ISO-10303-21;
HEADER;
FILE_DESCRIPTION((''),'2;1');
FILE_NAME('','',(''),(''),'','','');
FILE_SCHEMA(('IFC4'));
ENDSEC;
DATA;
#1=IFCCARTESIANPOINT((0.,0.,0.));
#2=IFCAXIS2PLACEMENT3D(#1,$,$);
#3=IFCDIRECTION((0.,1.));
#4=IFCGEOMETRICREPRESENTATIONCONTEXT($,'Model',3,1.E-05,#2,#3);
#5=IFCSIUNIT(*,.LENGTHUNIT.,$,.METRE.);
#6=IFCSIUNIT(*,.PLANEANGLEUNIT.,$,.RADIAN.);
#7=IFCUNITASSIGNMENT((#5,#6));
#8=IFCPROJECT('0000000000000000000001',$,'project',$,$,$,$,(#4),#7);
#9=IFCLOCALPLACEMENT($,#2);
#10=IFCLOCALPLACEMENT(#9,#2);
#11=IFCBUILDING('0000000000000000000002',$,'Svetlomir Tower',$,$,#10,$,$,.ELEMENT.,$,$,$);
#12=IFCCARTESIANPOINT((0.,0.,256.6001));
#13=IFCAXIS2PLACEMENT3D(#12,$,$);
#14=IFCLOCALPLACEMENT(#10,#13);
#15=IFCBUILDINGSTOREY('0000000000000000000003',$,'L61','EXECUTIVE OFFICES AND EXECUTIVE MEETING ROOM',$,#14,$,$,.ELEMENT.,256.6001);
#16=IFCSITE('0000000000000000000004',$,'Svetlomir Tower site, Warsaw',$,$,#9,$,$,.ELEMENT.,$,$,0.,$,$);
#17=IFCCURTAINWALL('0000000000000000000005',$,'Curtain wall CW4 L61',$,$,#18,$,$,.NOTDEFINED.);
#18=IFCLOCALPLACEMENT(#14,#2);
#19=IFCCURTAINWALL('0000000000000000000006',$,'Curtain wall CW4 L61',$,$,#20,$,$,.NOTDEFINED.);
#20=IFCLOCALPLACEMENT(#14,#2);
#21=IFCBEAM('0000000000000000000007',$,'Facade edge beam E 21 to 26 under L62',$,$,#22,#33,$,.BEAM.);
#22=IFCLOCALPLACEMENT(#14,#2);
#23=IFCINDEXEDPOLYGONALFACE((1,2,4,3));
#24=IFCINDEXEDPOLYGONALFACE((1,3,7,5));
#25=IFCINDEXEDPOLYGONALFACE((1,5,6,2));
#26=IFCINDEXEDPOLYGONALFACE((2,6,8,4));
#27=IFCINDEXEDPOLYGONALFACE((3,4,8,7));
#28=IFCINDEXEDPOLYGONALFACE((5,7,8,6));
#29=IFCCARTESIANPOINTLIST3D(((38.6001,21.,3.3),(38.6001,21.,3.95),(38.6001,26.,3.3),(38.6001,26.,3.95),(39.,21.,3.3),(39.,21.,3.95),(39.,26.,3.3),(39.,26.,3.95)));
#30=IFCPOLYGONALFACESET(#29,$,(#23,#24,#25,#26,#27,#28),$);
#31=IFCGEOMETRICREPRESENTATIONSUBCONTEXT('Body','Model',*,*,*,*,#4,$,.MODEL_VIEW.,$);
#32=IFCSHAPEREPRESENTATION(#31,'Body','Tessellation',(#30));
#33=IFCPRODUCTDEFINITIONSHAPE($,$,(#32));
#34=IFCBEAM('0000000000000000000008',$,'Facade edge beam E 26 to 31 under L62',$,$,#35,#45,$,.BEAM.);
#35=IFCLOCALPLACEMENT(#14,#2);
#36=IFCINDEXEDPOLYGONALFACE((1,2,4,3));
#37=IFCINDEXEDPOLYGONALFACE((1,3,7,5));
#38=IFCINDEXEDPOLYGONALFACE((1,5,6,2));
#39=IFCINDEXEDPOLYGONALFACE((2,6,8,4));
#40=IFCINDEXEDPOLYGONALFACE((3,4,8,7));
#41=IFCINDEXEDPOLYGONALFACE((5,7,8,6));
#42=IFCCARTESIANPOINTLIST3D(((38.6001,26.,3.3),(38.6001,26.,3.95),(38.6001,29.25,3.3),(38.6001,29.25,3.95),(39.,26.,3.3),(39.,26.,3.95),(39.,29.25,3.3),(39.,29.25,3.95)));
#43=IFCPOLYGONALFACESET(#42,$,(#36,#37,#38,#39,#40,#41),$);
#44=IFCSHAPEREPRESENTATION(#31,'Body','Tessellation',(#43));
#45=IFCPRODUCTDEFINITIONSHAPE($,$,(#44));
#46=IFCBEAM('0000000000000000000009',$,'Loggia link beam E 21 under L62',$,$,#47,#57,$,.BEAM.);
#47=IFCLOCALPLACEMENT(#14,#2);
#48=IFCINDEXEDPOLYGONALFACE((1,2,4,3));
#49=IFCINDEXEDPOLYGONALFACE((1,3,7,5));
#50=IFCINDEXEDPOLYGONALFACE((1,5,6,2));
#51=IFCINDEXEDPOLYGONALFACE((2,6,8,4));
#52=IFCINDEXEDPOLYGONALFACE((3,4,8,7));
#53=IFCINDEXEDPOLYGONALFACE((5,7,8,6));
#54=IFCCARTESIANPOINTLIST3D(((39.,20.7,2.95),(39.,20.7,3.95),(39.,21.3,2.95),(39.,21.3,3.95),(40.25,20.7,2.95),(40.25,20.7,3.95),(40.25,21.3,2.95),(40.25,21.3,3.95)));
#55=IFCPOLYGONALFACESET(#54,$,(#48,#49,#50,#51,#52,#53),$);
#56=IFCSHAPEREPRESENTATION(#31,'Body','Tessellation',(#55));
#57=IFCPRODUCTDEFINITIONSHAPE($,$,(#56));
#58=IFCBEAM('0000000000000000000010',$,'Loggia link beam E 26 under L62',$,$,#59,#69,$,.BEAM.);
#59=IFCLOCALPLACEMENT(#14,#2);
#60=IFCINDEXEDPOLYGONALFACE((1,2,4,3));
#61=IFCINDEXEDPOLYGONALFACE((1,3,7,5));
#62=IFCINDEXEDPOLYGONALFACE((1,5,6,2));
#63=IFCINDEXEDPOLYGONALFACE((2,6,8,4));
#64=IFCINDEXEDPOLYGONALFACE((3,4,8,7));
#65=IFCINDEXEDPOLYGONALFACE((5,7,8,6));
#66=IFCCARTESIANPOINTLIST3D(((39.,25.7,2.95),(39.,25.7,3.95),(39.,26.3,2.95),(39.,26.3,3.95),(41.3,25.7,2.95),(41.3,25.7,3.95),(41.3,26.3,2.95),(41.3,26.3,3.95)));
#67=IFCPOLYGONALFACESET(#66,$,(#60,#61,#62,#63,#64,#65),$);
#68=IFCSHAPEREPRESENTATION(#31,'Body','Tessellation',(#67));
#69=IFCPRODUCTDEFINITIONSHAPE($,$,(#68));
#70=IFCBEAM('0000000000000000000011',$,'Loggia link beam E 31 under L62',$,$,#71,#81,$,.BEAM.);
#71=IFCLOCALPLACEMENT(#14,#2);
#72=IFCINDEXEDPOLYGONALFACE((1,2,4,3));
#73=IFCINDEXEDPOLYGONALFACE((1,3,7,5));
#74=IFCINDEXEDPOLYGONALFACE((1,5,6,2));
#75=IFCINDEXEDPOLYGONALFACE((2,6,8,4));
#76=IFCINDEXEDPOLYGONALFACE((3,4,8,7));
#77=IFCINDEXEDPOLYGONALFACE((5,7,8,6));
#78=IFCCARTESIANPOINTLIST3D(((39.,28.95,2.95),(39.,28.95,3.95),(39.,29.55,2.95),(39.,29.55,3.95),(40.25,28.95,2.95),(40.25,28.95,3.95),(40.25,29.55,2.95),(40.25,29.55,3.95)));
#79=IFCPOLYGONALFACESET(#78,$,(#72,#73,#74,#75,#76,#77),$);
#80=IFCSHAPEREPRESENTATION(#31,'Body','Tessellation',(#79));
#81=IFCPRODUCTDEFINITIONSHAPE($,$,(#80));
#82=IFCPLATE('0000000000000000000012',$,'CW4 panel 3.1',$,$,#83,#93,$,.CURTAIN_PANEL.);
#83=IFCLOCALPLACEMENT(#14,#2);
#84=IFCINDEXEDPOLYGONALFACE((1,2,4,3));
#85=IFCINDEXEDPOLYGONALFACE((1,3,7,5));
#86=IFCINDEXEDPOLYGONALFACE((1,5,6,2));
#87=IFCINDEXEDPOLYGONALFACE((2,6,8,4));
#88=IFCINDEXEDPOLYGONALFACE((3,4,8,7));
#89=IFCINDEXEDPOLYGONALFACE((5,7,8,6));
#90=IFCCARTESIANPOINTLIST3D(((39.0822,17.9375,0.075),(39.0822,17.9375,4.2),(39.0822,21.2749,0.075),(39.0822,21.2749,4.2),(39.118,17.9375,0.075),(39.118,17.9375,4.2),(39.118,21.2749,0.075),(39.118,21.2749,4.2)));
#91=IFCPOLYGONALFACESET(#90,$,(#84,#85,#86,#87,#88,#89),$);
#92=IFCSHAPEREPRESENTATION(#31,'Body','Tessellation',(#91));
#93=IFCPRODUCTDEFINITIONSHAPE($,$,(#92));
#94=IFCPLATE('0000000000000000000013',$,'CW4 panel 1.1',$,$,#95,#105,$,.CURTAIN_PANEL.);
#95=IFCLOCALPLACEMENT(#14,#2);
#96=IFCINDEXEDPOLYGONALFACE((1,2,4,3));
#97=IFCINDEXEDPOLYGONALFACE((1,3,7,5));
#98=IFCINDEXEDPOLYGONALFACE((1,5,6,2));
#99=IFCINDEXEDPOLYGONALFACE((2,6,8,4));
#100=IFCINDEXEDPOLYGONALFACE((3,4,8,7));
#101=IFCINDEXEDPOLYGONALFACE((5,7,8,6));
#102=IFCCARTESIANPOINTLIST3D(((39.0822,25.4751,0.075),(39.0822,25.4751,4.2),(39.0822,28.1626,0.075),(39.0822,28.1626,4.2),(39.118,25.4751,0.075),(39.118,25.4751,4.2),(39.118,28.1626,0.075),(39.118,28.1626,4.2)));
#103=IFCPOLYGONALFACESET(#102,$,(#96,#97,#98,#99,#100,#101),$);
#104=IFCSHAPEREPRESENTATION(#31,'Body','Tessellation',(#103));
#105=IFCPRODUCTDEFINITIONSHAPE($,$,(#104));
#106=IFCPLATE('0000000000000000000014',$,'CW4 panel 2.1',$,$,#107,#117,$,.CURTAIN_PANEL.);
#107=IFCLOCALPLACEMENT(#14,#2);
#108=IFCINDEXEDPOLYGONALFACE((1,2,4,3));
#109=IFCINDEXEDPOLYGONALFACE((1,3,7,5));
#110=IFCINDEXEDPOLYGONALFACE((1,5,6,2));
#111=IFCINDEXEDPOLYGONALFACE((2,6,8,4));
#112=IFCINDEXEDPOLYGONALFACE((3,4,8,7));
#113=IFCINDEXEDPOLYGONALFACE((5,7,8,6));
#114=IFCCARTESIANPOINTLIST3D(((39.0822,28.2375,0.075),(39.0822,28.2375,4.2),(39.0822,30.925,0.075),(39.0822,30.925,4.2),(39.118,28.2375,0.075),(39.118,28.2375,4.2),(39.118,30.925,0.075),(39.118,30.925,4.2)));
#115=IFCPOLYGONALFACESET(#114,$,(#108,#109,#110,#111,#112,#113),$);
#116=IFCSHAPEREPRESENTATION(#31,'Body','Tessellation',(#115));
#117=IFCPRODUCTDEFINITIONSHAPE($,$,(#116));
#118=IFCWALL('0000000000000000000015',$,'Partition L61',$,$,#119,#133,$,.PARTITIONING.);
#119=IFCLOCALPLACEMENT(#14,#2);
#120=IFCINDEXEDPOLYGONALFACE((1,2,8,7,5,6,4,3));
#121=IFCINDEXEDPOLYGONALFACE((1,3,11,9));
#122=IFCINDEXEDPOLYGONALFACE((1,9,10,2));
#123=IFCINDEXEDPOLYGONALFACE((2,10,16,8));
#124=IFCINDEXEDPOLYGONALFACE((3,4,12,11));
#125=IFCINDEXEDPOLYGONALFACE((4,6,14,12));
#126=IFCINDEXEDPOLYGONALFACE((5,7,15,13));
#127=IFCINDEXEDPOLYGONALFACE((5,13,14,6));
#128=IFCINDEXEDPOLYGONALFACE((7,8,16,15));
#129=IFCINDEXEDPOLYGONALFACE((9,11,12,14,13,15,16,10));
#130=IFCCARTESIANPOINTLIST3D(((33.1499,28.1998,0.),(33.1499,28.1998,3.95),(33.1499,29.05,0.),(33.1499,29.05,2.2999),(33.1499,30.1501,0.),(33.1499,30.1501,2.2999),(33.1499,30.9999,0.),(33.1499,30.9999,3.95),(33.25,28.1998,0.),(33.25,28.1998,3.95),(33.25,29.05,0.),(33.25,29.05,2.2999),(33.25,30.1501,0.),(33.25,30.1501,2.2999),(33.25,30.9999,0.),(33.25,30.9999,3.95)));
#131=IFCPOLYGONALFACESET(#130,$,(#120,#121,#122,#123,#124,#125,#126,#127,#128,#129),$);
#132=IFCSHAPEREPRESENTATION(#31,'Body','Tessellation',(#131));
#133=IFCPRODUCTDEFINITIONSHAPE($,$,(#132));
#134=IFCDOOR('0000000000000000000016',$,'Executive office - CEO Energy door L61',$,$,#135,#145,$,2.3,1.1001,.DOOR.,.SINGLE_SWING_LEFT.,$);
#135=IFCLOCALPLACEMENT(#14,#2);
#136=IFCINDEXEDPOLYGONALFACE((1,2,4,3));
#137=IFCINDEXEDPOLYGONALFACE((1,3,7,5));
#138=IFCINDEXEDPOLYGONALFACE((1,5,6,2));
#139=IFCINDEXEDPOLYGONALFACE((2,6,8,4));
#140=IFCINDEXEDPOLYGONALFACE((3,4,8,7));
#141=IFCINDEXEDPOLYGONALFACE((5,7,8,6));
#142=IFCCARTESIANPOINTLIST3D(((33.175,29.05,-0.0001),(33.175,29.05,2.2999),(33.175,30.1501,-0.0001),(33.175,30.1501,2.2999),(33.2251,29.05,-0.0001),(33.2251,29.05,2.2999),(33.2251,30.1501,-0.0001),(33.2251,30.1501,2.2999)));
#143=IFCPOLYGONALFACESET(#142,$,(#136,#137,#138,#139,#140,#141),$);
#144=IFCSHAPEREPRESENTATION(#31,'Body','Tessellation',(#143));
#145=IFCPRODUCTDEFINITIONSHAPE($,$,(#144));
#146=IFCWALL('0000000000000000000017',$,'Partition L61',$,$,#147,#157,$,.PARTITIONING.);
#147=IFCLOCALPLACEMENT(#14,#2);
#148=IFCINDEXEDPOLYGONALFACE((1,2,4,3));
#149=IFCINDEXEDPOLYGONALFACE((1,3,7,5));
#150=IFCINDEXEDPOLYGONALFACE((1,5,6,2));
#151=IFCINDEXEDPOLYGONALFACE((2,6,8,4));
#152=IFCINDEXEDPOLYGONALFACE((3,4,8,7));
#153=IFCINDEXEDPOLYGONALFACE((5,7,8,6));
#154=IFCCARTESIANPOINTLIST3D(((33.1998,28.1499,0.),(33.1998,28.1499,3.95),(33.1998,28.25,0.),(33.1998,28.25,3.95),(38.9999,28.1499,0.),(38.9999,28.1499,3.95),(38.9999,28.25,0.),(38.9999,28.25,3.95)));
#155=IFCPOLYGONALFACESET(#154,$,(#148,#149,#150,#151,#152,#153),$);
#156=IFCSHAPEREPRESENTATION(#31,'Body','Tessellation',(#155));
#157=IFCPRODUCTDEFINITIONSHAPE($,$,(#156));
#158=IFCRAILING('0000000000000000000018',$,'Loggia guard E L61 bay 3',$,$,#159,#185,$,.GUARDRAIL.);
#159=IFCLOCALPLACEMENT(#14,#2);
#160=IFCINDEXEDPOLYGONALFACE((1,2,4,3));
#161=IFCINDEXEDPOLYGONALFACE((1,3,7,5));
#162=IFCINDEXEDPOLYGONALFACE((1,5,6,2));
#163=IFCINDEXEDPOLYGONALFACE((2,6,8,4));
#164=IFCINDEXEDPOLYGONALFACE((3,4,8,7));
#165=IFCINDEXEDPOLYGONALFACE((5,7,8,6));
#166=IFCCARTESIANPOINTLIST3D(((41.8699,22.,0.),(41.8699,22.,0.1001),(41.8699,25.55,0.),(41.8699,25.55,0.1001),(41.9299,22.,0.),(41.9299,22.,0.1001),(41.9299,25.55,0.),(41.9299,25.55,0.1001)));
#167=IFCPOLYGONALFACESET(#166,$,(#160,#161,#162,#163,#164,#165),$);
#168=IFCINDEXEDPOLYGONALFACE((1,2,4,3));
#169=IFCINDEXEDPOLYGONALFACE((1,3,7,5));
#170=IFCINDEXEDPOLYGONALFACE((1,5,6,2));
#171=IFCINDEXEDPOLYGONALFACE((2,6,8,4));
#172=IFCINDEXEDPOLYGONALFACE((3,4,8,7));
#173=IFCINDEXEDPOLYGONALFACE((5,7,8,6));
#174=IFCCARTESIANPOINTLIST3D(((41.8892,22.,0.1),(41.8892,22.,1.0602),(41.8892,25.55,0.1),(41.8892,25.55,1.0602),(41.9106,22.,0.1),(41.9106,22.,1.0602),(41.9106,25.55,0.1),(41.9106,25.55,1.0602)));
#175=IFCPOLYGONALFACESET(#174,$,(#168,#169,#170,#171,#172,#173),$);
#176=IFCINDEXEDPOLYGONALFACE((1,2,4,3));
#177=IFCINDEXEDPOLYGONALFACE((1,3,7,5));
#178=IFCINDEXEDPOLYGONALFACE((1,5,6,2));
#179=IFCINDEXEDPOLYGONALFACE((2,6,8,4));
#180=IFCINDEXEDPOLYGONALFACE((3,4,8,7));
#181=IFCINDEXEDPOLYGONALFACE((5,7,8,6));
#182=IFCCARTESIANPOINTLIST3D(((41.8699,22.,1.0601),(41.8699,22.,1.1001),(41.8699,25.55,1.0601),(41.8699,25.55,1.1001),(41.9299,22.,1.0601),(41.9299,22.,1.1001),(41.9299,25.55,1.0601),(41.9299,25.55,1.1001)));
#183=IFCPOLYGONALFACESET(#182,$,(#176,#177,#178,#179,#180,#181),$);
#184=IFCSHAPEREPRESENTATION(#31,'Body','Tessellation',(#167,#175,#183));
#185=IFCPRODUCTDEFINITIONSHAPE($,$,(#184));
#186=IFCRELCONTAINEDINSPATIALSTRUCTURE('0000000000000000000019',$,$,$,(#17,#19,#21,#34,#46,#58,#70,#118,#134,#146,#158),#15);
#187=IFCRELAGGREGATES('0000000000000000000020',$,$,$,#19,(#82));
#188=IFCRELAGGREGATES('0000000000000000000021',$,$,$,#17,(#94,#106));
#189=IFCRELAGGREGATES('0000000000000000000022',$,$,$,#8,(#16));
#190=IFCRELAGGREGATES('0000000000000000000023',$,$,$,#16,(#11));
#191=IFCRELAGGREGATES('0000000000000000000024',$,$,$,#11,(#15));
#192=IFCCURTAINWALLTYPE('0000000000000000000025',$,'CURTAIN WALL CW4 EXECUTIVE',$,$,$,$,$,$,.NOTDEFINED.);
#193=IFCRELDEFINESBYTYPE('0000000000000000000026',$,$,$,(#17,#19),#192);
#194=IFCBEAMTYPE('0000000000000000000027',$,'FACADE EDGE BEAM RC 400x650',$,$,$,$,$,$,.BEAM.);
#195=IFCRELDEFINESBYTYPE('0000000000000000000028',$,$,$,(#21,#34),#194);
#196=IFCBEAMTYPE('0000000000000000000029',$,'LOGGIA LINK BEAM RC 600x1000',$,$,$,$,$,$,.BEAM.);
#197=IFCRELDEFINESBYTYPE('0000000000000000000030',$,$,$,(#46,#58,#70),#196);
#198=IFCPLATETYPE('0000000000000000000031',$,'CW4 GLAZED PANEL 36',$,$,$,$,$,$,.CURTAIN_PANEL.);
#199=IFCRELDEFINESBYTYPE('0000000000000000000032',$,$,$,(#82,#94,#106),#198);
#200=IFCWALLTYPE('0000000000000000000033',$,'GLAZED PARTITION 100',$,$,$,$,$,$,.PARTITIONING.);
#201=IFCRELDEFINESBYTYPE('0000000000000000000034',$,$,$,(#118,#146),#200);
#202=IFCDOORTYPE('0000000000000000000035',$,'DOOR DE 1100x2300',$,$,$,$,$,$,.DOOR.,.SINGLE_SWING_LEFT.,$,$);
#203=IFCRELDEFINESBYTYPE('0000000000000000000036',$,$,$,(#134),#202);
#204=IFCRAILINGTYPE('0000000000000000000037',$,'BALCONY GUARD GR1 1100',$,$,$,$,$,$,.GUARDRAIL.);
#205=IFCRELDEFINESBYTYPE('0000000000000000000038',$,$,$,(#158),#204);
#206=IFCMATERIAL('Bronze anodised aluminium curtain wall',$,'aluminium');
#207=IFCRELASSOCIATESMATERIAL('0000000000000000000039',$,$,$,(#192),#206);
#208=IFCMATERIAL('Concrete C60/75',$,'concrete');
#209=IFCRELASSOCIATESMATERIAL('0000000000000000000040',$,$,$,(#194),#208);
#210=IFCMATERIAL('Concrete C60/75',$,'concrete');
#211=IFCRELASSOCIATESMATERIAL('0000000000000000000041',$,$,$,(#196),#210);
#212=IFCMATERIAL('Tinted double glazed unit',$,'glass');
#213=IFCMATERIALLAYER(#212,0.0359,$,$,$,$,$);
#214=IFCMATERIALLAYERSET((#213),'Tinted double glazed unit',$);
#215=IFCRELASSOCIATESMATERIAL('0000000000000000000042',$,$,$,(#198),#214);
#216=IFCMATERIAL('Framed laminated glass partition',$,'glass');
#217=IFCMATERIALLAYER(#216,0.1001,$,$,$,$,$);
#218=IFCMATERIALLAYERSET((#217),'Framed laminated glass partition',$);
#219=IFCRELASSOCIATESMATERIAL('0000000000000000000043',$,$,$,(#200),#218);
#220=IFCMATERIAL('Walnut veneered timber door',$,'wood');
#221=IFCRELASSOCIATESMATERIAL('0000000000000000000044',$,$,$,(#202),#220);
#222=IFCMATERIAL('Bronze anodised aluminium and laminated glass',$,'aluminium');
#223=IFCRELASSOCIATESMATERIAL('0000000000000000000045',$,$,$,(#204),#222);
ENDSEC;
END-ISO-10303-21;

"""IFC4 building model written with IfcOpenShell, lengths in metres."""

from ifc_helpers import new_model, si_unit, direction, frame, frame_2d, origin, origin_2d, place, context, subcontext, project, spatial, rectangle, extrude, material, layer, layer_set, material_profile, profile_set, type_object, element, fill, aggregate, save


model = new_model("IFC4")

# Units and contexts
model_context = context("Model", 3, precision=1e-05, world=origin(), true_north=direction((0.0, 1.0)))
body_context = subcontext(model_context, "Body", "Model", "MODEL_VIEW")
ifc_project = project(units=[si_unit("LENGTHUNIT", "METRE"), si_unit("PLANEANGLEUNIT", "RADIAN")], contexts=[model_context])

# Site, building, storey
site_placement = place(None, origin())
site = spatial("IfcSite", under=ifc_project, at=site_placement, Name="Svetlomir Tower site, Warsaw", CompositionType="ELEMENT", RefElevation=0.0)
building_placement = place(site_placement, origin())
building = spatial("IfcBuilding", under=site, at=building_placement, Name="Svetlomir Tower", CompositionType="ELEMENT")
storey_placement = place(building_placement, frame((0.0, 0.0, 256.6001)))
storey = spatial("IfcBuildingStorey", under=building, at=storey_placement, Name="L61", Description="EXECUTIVE OFFICES AND EXECUTIVE MEETING ROOM", CompositionType="ELEMENT", Elevation=256.6001)

# Curtain walls
ifc_material_1 = material(Name="Bronze anodised aluminium curtain wall", Category="aluminium")
curtain_wall_type = type_object("IfcCurtainWallType", Name="CURTAIN WALL CW4 EXECUTIVE", PredefinedType="NOTDEFINED", material=ifc_material_1)
curtain_wall_1_placement = place(storey_placement, origin())
curtain_wall_1 = element("IfcCurtainWall", 1, at=curtain_wall_1_placement, inside=storey, type_object=curtain_wall_type, Name="Curtain wall CW4 L61", PredefinedType="NOTDEFINED")
curtain_wall_2_placement = place(storey_placement, origin())
curtain_wall_2 = element("IfcCurtainWall", 2, at=curtain_wall_2_placement, inside=storey, type_object=curtain_wall_type, Name="Curtain wall CW4 L61", PredefinedType="NOTDEFINED")

# Beams
ifc_material_2 = material(Name="Concrete C60/75", Category="concrete")
ifc_material_profile_1 = material_profile(ifc_material_2, rectangle(XDim=0.3999, YDim=0.6499, at=origin_2d()), Name="RC 400x650")
ifc_profile_set_1 = profile_set([ifc_material_profile_1], Name="Concrete C60/75")
beam_type_1 = type_object("IfcBeamType", Name="FACADE EDGE BEAM RC 400x650", PredefinedType="BEAM", material=ifc_profile_set_1)
beam_1_placement = place(storey_placement, frame((38.8, 21.0, 3.625), z_axis=(0.0, 1.0, 0.0), x_axis=(-1.0, 0.0, 0.0)))
element("IfcBeam", 3, at=beam_1_placement, inside=storey, type_object=beam_type_1, Name="Facade edge beam E 21 to 26 under L62", PredefinedType="BEAM", context=body_context, shape_type="SweptSolid", body=[
    extrude(rectangle(XDim=0.3999, YDim=0.6499, at=origin_2d()), origin(), (0.0, 0.0, 1.0), 5.0),
])
beam_2_placement = place(storey_placement, frame((38.8, 26.0, 3.625), z_axis=(0.0, 1.0, 0.0), x_axis=(-1.0, 0.0, 0.0)))
element("IfcBeam", 4, at=beam_2_placement, inside=storey, type_object=beam_type_1, Name="Facade edge beam E 26 to 31 under L62", PredefinedType="BEAM", context=body_context, shape_type="SweptSolid", body=[
    extrude(rectangle(XDim=0.3999, YDim=0.6499, at=origin_2d()), origin(), (0.0, 0.0, 1.0), 3.25),
])
ifc_material_3 = material(Name="Concrete C60/75", Category="concrete")
ifc_material_profile_2 = material_profile(ifc_material_3, rectangle(XDim=0.6001, YDim=1.0, at=origin_2d()), Name="RC 600x1000")
ifc_profile_set_2 = profile_set([ifc_material_profile_2], Name="Concrete C60/75")
beam_type_2 = type_object("IfcBeamType", Name="LOGGIA LINK BEAM RC 600x1000", PredefinedType="BEAM", material=ifc_profile_set_2)
beam_3_placement = place(storey_placement, frame((40.25, 21.0, 3.45), z_axis=(-1.0, 0.0, 0.0), x_axis=(0.0, -1.0, 0.0)))
element("IfcBeam", 5, at=beam_3_placement, inside=storey, type_object=beam_type_2, Name="Loggia link beam E 21 under L62", PredefinedType="BEAM", context=body_context, shape_type="SweptSolid", body=[
    extrude(rectangle(XDim=0.6001, YDim=1.0, at=origin_2d()), origin(), (0.0, 0.0, 1.0), 1.25),
])
beam_4_placement = place(storey_placement, frame((41.3, 26.0, 3.45), z_axis=(-1.0, 0.0, 0.0), x_axis=(0.0, -1.0, 0.0)))
element("IfcBeam", 6, at=beam_4_placement, inside=storey, type_object=beam_type_2, Name="Loggia link beam E 26 under L62", PredefinedType="BEAM", context=body_context, shape_type="SweptSolid", body=[
    extrude(rectangle(XDim=0.6001, YDim=1.0, at=origin_2d()), origin(), (0.0, 0.0, 1.0), 2.3),
])
beam_5_placement = place(storey_placement, frame((40.25, 29.25, 3.45), z_axis=(-1.0, 0.0, 0.0), x_axis=(0.0, -1.0, 0.0)))
element("IfcBeam", 7, at=beam_5_placement, inside=storey, type_object=beam_type_2, Name="Loggia link beam E 31 under L62", PredefinedType="BEAM", context=body_context, shape_type="SweptSolid", body=[
    extrude(rectangle(XDim=0.6001, YDim=1.0, at=origin_2d()), origin(), (0.0, 0.0, 1.0), 1.25),
])

# Plates
ifc_material_4 = material(Name="Tinted double glazed unit", Category="glass")
ifc_layer_1 = layer(ifc_material_4, 0.0359)
ifc_layer_set_1 = layer_set([ifc_layer_1], Name="Tinted double glazed unit")
plate_type = type_object("IfcPlateType", Name="CW4 GLAZED PANEL 36", PredefinedType="CURTAIN_PANEL", material=ifc_layer_set_1)
plate_1_placement = place(storey_placement, frame((39.1001, 19.6062, 0.075), z_axis=(0.0, 0.0, 1.0), x_axis=(0.0, 1.0, 0.0)))
plate_1 = element("IfcPlate", 8, at=plate_1_placement, type_object=plate_type, Name="CW4 panel 3.1", PredefinedType="CURTAIN_PANEL", context=body_context, shape_type="SweptSolid", body=[
    extrude(rectangle(XDim=3.3374, YDim=0.0359, at=origin_2d()), origin(), (0.0, 0.0, 1.0), 4.125),
])
aggregate(curtain_wall_2, [plate_1])
plate_2_placement = place(storey_placement, frame((39.1001, 26.8188, 0.075), z_axis=(0.0, 0.0, 1.0), x_axis=(0.0, 1.0, 0.0)))
plate_2 = element("IfcPlate", 9, at=plate_2_placement, type_object=plate_type, Name="CW4 panel 1.1", PredefinedType="CURTAIN_PANEL", context=body_context, shape_type="SweptSolid", body=[
    extrude(rectangle(XDim=2.6875, YDim=0.0359, at=origin_2d()), origin(), (0.0, 0.0, 1.0), 4.125),
])
plate_3_placement = place(storey_placement, frame((39.1001, 29.5813, 0.075), z_axis=(0.0, 0.0, 1.0), x_axis=(0.0, 1.0, 0.0)))
plate_3 = element("IfcPlate", 10, at=plate_3_placement, type_object=plate_type, Name="CW4 panel 2.1", PredefinedType="CURTAIN_PANEL", context=body_context, shape_type="SweptSolid", body=[
    extrude(rectangle(XDim=2.6875, YDim=0.0359, at=origin_2d()), origin(), (0.0, 0.0, 1.0), 4.125),
])
aggregate(curtain_wall_1, [plate_2, plate_3])

# Wall, opening, door
ifc_material_5 = material(Name="Framed laminated glass partition", Category="glass")
ifc_layer_2 = layer(ifc_material_5, 0.1001)
ifc_layer_set_2 = layer_set([ifc_layer_2], Name="Framed laminated glass partition")
wall_type_1 = type_object("IfcWallType", Name="GLAZED PARTITION 100", PredefinedType="PARTITIONING", material=ifc_layer_set_2)
wall_1_placement = place(storey_placement, frame((33.2, 28.2, 0.0), z_axis=(0.0, 0.0, 1.0), x_axis=(0.0, 1.0, 0.0)))
wall_1 = element("IfcWall", 11, at=wall_1_placement, inside=storey, type_object=wall_type_1, Name="Partition L61", PredefinedType="PARTITIONING", context=body_context, shape_type="SweptSolid", body=[
    extrude(rectangle(XDim=2.8, YDim=0.1001, at=frame_2d((1.3999, 0.0))), origin(), (0.0, 0.0, 1.0), 3.95),
])
opening_1_placement = place(wall_1_placement, frame((0.8501, 0.0, 0.0)))
opening_1 = element("IfcOpeningElement", 12, at=opening_1_placement, cuts=wall_1, PredefinedType="OPENING", context=body_context, shape_type="SweptSolid", body=[
    extrude(rectangle(XDim=1.1001, YDim=2.3, at=frame_2d((0.55, 1.1499))), frame((0.0, 0.0601, 0.0), z_axis=(0.0, -1.0, 0.0), x_axis=(1.0, 0.0, 0.0)), (0.0, 0.0, 1.0), 0.1201),
])
ifc_material_6 = material(Name="Walnut veneered timber door", Category="wood")
door_type_1 = type_object("IfcDoorType", Name="DOOR DE 1100x2300", OperationType="SINGLE_SWING_LEFT", PredefinedType="DOOR", material=ifc_material_6)
door_1_placement = place(opening_1_placement, origin())
door_1 = element("IfcDoor", 13, at=door_1_placement, inside=storey, type_object=door_type_1, Name="Executive office - CEO Energy door L61", OperationType="SINGLE_SWING_LEFT", OverallHeight=2.3, OverallWidth=1.1001, PredefinedType="DOOR", context=body_context, shape_type="SweptSolid", body=[
    extrude(rectangle(XDim=1.1001, YDim=2.3, at=frame_2d((0.55, 1.1499))), frame((0.0, 0.0249, 0.0), z_axis=(0.0, -1.0, 0.0), x_axis=(1.0, 0.0, 0.0)), (0.0, 0.0, 1.0), 0.05),
])
fill(opening_1, door_1)

# Wall
wall_2_placement = place(storey_placement, frame((33.2, 28.2, 0.0), z_axis=(0.0, 0.0, 1.0), x_axis=(1.0, 0.0, 0.0)))
element("IfcWall", 14, at=wall_2_placement, inside=storey, type_object=wall_type_1, Name="Partition L61", PredefinedType="PARTITIONING", context=body_context, shape_type="SweptSolid", body=[
    extrude(rectangle(XDim=5.8, YDim=0.1001, at=frame_2d((2.8999, 0.0))), origin(), (0.0, 0.0, 1.0), 3.95),
])

# Railing
ifc_material_7 = material(Name="Bronze anodised aluminium and laminated glass", Category="aluminium")
railing_type_1 = type_object("IfcRailingType", Name="BALCONY GUARD GR1 1100", PredefinedType="GUARDRAIL", material=ifc_material_7)
for number, where, name in (
    (15, (41.8999, 22.0, 0.0), "Loggia guard E L61 bay 3"),
):
    element("IfcRailing", number, at=place(storey_placement, frame(where)), inside=storey, type_object=railing_type_1, Name=name, PredefinedType="GUARDRAIL", context=body_context, shape_type="SweptSolid", body=[
        extrude(rectangle(XDim=0.0601, YDim=0.1001, at=origin_2d()), frame((0.0, 0.0, 0.05), z_axis=(0.0, 1.0, 0.0), x_axis=(-1.0, 0.0, 0.0)), (0.0, 0.0, 1.0), 3.55),
        extrude(rectangle(XDim=0.0215, YDim=0.9602, at=origin_2d()), frame((0.0, 0.0, 0.5801), z_axis=(0.0, 1.0, 0.0), x_axis=(-1.0, 0.0, 0.0)), (0.0, 0.0, 1.0), 3.55),
        extrude(rectangle(XDim=0.0601, YDim=0.04, at=origin_2d()), frame((0.0, 0.0, 1.0801), z_axis=(0.0, 1.0, 0.0), x_axis=(-1.0, 0.0, 0.0)), (0.0, 0.0, 1.0), 3.55),
    ])

save(model, "model.ifc")
